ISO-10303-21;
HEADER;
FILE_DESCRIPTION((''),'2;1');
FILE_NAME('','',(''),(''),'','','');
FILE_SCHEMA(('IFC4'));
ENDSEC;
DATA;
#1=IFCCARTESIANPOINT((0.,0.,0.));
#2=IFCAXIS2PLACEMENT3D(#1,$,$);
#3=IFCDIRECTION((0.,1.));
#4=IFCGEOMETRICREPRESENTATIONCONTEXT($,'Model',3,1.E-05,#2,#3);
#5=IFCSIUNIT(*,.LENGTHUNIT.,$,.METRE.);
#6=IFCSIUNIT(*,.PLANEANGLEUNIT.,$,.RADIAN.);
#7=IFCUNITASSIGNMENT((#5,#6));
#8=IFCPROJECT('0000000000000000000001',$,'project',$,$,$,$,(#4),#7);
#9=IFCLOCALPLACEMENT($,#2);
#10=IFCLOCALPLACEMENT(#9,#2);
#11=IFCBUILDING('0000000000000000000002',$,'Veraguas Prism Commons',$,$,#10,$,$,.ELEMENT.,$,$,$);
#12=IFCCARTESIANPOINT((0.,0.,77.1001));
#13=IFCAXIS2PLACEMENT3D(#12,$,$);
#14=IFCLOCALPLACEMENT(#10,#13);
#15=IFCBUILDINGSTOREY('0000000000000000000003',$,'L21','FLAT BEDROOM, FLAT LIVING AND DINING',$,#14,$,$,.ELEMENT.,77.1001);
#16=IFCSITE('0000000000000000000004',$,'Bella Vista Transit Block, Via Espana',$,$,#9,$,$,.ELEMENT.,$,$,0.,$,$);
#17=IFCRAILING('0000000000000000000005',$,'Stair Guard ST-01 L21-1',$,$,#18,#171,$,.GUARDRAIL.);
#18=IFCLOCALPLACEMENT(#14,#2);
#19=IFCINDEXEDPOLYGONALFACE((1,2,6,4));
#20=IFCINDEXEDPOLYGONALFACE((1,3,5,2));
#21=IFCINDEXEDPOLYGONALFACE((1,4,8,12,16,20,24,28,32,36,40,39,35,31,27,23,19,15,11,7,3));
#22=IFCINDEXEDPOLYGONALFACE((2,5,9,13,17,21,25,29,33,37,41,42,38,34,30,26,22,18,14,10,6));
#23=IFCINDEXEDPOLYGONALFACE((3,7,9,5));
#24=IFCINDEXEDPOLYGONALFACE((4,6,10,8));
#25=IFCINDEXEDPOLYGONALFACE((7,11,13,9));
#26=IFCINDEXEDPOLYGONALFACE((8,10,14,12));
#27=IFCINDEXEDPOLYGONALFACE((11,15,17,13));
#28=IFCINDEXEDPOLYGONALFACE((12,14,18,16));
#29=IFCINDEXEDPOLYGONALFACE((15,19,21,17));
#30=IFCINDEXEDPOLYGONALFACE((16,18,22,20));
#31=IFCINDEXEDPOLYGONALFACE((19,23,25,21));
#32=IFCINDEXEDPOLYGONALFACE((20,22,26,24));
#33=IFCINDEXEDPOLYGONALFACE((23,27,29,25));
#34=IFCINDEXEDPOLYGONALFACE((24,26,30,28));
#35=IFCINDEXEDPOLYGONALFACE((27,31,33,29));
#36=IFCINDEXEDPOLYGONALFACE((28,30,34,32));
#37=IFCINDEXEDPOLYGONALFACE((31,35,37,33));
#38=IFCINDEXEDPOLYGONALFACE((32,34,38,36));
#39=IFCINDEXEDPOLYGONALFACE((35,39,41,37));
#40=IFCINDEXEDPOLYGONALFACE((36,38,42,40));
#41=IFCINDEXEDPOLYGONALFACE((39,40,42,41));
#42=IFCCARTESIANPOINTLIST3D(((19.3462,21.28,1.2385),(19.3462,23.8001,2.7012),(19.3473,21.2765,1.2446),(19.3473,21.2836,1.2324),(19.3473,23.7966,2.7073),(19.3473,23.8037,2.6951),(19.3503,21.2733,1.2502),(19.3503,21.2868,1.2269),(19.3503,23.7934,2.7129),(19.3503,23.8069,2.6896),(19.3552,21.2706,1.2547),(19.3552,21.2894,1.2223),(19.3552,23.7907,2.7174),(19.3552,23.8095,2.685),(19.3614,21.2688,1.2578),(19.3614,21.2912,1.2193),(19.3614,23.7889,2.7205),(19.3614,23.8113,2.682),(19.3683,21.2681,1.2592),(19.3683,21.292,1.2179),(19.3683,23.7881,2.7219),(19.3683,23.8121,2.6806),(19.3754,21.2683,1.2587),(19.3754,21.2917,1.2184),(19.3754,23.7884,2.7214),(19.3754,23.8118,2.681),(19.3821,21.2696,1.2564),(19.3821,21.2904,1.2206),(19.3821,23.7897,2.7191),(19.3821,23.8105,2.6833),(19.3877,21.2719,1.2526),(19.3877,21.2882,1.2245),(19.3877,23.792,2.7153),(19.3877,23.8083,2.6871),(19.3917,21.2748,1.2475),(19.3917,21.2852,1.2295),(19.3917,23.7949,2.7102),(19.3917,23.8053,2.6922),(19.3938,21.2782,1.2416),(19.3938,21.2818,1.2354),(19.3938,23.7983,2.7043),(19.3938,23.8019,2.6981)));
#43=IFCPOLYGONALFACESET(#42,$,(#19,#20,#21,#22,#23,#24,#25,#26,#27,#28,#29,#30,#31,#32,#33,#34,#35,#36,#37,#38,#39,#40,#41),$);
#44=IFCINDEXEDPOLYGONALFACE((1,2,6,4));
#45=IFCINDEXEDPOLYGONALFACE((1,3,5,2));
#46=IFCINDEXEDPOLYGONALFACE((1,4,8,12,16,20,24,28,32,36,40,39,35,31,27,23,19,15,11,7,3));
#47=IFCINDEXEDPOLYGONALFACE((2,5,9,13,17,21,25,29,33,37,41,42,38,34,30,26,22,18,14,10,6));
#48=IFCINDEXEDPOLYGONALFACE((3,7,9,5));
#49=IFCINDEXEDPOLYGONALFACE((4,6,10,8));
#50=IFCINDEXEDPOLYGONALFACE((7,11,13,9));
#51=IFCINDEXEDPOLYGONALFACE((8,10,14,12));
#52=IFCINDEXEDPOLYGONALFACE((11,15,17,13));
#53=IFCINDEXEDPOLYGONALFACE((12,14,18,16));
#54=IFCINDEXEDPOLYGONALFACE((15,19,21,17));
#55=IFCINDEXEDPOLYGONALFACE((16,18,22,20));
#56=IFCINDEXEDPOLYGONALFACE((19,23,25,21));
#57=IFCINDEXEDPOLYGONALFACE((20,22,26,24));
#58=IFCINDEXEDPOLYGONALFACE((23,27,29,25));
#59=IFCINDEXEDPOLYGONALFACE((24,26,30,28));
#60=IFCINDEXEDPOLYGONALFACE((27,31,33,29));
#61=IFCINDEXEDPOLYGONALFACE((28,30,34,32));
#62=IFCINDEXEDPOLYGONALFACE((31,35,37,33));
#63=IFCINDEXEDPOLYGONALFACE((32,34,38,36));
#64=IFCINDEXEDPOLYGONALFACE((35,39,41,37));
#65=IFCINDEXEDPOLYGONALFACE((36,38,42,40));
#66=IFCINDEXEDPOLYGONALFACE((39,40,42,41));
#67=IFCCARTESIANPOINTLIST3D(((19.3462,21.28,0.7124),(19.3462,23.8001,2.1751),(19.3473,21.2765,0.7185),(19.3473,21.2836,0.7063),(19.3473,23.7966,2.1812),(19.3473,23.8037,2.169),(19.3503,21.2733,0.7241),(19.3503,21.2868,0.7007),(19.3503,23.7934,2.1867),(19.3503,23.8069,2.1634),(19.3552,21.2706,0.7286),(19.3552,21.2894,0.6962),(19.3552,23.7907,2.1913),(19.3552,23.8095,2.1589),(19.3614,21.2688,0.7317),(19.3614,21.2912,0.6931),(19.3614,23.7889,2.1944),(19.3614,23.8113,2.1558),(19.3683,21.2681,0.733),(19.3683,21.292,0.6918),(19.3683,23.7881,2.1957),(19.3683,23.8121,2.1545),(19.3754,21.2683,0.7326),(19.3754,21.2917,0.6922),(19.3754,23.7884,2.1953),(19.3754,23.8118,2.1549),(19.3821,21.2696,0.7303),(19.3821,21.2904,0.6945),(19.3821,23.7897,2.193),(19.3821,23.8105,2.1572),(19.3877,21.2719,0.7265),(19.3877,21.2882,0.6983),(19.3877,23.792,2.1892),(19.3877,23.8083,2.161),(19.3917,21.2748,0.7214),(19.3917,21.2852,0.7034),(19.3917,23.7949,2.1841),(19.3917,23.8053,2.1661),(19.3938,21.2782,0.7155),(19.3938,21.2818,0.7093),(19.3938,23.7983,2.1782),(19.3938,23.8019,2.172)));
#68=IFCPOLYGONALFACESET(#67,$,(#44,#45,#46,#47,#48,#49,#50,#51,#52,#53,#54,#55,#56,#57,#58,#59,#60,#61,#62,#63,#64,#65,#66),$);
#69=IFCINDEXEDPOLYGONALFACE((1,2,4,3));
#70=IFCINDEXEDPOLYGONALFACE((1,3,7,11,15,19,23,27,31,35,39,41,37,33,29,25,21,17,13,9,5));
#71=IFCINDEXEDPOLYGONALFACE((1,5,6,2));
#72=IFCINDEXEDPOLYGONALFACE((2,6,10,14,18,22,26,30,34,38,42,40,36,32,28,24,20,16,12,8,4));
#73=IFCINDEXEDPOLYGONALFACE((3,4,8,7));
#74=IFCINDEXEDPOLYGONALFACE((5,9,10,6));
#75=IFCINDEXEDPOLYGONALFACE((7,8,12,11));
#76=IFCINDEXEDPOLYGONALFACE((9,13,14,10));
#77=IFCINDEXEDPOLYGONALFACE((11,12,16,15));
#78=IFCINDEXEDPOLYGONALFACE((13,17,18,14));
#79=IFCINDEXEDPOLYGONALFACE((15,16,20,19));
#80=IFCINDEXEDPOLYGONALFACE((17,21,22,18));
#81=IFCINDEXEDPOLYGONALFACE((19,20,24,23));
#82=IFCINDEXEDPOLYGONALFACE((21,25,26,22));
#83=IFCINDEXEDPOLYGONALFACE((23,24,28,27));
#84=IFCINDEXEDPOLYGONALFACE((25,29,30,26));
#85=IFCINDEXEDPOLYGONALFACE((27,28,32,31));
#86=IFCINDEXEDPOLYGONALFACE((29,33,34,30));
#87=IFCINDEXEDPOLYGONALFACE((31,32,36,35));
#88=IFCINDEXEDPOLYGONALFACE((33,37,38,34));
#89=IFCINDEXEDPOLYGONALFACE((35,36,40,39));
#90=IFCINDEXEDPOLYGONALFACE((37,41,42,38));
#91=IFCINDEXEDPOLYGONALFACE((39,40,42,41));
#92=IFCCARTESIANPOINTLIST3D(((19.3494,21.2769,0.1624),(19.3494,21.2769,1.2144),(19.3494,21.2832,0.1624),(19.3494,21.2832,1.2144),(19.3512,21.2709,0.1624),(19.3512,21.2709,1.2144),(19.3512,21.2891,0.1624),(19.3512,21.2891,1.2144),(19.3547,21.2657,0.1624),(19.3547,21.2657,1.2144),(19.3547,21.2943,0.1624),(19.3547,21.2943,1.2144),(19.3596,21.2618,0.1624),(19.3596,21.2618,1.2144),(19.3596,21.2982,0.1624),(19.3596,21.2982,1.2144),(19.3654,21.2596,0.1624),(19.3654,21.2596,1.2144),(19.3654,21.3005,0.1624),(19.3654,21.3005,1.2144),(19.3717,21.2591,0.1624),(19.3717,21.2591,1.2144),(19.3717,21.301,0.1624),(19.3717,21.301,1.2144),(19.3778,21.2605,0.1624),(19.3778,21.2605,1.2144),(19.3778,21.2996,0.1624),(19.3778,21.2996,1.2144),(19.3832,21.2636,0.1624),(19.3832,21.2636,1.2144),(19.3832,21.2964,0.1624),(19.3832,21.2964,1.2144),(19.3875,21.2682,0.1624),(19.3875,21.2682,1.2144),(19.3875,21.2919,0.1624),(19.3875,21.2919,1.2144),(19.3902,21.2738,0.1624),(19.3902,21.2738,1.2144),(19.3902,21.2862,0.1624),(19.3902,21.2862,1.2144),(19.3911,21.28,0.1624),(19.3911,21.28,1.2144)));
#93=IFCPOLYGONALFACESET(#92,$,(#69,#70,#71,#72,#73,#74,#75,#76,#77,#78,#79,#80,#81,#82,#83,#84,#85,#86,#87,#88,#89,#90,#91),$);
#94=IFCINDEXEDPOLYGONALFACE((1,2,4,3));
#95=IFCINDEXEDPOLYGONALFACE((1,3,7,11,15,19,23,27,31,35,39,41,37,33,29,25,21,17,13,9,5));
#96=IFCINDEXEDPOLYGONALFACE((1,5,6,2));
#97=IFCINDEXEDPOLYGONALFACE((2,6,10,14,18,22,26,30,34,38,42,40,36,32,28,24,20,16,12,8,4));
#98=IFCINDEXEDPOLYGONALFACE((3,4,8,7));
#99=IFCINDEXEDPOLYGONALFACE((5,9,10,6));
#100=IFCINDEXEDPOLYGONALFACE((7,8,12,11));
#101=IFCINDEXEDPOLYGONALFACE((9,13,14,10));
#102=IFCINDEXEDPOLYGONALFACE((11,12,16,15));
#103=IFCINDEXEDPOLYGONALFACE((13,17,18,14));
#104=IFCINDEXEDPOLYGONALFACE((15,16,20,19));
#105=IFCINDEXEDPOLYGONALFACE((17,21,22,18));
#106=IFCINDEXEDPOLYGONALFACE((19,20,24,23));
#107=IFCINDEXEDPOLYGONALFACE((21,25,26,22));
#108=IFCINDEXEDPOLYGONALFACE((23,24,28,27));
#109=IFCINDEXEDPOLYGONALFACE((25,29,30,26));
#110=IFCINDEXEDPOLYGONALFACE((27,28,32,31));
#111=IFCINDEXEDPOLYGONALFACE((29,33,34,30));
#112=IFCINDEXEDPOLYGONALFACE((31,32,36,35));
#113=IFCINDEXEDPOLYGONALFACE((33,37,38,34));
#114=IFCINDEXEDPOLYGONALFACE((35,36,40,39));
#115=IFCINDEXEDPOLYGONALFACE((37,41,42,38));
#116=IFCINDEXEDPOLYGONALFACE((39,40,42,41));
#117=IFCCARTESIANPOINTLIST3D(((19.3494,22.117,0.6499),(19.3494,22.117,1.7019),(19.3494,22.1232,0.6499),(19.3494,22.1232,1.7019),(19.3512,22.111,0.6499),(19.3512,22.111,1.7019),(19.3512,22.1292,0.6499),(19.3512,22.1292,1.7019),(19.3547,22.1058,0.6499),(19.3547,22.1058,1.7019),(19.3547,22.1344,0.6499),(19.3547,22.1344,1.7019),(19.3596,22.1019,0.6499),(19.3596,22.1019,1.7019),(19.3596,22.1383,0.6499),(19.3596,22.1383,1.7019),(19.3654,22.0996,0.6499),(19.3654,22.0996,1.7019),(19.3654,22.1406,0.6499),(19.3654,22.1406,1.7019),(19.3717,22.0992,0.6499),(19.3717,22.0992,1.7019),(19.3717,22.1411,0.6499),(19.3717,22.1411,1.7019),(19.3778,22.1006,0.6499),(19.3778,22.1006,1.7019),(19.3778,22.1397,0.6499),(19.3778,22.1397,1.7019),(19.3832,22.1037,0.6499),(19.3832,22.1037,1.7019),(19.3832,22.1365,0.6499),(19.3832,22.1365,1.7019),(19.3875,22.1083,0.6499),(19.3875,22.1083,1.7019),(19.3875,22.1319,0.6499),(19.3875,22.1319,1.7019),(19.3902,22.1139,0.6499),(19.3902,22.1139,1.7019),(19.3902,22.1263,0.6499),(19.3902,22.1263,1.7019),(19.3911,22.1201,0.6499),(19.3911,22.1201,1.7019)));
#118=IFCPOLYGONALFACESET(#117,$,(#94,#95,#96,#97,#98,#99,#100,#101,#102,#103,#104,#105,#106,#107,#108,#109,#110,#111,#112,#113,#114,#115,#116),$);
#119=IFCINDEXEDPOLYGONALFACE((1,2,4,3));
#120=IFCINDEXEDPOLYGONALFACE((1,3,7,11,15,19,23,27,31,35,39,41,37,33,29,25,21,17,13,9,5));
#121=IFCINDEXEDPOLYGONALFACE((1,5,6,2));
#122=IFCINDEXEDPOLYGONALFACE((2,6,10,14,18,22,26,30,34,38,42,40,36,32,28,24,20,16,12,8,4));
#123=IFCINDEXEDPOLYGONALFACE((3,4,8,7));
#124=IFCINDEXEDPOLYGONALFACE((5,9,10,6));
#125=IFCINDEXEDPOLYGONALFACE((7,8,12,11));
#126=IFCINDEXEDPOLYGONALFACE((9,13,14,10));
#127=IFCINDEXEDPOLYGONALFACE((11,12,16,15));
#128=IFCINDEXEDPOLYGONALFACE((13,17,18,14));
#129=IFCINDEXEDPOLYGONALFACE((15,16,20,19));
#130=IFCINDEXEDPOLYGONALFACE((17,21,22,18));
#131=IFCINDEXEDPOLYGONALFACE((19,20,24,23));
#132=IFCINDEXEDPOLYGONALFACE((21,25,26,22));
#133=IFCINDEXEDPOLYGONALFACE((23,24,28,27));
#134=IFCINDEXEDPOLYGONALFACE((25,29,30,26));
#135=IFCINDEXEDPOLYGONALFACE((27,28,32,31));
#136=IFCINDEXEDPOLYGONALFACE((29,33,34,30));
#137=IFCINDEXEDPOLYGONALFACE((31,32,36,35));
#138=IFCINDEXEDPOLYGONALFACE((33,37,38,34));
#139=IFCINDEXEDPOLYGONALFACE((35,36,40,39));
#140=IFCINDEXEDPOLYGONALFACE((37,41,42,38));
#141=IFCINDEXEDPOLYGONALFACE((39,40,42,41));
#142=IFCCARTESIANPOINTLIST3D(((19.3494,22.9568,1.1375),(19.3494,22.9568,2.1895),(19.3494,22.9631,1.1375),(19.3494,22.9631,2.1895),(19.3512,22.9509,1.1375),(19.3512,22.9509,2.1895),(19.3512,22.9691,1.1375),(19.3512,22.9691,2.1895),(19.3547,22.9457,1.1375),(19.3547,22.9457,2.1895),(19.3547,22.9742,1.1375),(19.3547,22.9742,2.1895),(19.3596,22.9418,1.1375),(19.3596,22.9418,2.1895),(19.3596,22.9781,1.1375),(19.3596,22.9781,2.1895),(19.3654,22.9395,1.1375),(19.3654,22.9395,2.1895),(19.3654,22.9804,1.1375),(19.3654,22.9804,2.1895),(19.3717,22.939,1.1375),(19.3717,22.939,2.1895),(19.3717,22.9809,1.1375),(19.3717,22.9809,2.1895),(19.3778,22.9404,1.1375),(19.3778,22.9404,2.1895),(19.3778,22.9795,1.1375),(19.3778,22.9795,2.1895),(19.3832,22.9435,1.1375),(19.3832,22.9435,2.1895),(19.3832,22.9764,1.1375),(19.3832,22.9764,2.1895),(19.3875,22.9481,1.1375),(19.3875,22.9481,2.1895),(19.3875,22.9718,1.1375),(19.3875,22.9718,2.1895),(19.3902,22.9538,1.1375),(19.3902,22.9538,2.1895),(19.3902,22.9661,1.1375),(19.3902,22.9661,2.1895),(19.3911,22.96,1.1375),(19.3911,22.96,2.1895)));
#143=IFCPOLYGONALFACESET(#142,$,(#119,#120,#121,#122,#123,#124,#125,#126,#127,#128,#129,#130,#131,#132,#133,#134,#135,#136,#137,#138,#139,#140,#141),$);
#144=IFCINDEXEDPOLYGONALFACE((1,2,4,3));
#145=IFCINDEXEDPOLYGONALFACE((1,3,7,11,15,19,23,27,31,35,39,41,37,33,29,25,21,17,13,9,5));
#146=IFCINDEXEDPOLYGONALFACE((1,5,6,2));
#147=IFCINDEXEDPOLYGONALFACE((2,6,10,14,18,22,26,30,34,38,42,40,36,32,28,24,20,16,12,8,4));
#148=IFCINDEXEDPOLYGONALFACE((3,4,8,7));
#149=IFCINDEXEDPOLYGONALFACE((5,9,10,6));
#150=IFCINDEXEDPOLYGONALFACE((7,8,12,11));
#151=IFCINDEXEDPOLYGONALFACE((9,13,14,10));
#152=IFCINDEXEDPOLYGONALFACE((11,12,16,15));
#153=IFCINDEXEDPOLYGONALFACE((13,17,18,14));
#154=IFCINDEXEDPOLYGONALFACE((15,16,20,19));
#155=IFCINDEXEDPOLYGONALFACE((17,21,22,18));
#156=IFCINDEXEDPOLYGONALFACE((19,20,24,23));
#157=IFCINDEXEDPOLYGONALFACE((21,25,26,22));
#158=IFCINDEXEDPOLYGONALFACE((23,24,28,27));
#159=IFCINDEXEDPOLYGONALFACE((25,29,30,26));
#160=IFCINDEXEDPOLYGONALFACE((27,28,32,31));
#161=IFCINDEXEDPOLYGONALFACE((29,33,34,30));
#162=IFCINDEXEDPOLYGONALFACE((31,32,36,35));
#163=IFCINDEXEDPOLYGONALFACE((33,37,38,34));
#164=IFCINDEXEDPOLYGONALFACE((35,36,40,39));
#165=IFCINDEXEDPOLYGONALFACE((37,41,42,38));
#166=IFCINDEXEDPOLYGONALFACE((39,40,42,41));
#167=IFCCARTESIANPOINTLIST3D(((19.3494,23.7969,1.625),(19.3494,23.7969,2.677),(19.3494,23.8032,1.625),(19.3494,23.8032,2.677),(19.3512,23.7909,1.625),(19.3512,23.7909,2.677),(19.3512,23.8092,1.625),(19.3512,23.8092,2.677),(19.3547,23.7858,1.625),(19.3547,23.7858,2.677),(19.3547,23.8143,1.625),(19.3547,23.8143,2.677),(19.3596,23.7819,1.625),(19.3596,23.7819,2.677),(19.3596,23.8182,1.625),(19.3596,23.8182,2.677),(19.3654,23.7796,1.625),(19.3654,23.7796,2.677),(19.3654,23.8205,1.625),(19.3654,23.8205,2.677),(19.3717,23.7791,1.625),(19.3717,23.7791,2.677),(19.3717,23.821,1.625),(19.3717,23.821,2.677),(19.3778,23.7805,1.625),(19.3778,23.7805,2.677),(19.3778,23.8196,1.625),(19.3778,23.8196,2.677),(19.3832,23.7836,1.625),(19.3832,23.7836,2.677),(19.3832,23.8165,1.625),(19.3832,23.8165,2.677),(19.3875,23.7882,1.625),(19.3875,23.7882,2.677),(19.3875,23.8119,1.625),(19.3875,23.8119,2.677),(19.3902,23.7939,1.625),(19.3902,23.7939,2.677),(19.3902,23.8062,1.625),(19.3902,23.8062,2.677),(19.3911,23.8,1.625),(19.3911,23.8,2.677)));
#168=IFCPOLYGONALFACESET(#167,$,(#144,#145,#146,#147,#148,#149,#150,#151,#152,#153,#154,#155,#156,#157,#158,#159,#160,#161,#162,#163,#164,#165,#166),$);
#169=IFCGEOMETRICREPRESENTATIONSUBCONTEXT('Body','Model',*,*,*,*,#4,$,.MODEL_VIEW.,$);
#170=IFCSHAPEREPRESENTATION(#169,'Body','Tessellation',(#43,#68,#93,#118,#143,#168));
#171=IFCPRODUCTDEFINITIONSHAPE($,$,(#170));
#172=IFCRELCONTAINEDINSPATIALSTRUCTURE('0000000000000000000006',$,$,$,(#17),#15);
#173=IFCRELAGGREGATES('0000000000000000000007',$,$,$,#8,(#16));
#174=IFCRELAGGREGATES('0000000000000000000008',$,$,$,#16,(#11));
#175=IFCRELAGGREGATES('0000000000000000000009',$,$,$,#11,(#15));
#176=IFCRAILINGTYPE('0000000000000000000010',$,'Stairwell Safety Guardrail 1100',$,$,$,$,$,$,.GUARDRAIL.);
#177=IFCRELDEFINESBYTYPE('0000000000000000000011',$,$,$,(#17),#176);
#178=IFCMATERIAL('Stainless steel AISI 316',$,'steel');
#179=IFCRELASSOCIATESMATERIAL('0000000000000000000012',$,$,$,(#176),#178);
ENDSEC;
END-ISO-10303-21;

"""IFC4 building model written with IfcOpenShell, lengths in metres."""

from ifc_helpers import new_model, si_unit, direction, frame, origin, origin_2d, place, context, subcontext, project, spatial, circle, extrude, material, type_object, element, save


model = new_model("IFC4")

# Units and contexts
model_context = context("Model", 3, precision=1e-05, world=origin(), true_north=direction((0.0, 1.0)))
body_context = subcontext(model_context, "Body", "Model", "MODEL_VIEW")
ifc_project = project(units=[si_unit("LENGTHUNIT", "METRE"), si_unit("PLANEANGLEUNIT", "RADIAN")], contexts=[model_context])

# Site, building, storey
site_placement = place(None, origin())
site = spatial("IfcSite", under=ifc_project, at=site_placement, Name="Bella Vista Transit Block, Via Espana", CompositionType="ELEMENT", RefElevation=0.0)
building_placement = place(site_placement, origin())
building = spatial("IfcBuilding", under=site, at=building_placement, Name="Veraguas Prism Commons", CompositionType="ELEMENT")
storey_placement = place(building_placement, frame((0.0, 0.0, 77.1001)))
storey = spatial("IfcBuildingStorey", under=building, at=storey_placement, Name="L21", Description="FLAT BEDROOM, FLAT LIVING AND DINING", CompositionType="ELEMENT", Elevation=77.1001)

# Railing
ifc_material_1 = material(Name="Stainless steel AISI 316", Category="steel")
railing_type_1 = type_object("IfcRailingType", Name="Stairwell Safety Guardrail 1100", PredefinedType="GUARDRAIL", material=ifc_material_1)
railing_1_placement = place(storey_placement, frame((19.3701, 21.28, 0.1624)))
element("IfcRailing", 1, at=railing_1_placement, inside=storey, type_object=railing_type_1, Name="Stair Guard ST-01 L21-1", PredefinedType="GUARDRAIL", context=body_context, shape_type="SweptSolid", body=[
    extrude(circle(Radius=0.0239, at=origin_2d()), frame((0.0, 0.0, 1.0762), z_axis=(0.0, 0.864877, 0.501984), x_axis=(-1.0, 0.0, 0.0)), (0.0, 0.0, 1.0), 2.9138),
    extrude(circle(Radius=0.0239, at=origin_2d()), frame((0.0, 0.0, 0.55), z_axis=(0.0, 0.864877, 0.501984), x_axis=(-1.0, 0.0, 0.0)), (0.0, 0.0, 1.0), 2.9138),
    extrude(circle(Radius=0.021, at=origin_2d()), origin(), (0.0, 0.0, 1.0), 1.052),
    extrude(circle(Radius=0.021, at=origin_2d()), frame((0.0, 0.8401, 0.4875)), (0.0, 0.0, 1.0), 1.052),
    extrude(circle(Radius=0.021, at=origin_2d()), frame((0.0, 1.6799, 0.9751)), (0.0, 0.0, 1.0), 1.052),
    extrude(circle(Radius=0.021, at=origin_2d()), frame((0.0, 2.52, 1.4626)), (0.0, 0.0, 1.0), 1.052),
])

save(model, "model.ifc")
